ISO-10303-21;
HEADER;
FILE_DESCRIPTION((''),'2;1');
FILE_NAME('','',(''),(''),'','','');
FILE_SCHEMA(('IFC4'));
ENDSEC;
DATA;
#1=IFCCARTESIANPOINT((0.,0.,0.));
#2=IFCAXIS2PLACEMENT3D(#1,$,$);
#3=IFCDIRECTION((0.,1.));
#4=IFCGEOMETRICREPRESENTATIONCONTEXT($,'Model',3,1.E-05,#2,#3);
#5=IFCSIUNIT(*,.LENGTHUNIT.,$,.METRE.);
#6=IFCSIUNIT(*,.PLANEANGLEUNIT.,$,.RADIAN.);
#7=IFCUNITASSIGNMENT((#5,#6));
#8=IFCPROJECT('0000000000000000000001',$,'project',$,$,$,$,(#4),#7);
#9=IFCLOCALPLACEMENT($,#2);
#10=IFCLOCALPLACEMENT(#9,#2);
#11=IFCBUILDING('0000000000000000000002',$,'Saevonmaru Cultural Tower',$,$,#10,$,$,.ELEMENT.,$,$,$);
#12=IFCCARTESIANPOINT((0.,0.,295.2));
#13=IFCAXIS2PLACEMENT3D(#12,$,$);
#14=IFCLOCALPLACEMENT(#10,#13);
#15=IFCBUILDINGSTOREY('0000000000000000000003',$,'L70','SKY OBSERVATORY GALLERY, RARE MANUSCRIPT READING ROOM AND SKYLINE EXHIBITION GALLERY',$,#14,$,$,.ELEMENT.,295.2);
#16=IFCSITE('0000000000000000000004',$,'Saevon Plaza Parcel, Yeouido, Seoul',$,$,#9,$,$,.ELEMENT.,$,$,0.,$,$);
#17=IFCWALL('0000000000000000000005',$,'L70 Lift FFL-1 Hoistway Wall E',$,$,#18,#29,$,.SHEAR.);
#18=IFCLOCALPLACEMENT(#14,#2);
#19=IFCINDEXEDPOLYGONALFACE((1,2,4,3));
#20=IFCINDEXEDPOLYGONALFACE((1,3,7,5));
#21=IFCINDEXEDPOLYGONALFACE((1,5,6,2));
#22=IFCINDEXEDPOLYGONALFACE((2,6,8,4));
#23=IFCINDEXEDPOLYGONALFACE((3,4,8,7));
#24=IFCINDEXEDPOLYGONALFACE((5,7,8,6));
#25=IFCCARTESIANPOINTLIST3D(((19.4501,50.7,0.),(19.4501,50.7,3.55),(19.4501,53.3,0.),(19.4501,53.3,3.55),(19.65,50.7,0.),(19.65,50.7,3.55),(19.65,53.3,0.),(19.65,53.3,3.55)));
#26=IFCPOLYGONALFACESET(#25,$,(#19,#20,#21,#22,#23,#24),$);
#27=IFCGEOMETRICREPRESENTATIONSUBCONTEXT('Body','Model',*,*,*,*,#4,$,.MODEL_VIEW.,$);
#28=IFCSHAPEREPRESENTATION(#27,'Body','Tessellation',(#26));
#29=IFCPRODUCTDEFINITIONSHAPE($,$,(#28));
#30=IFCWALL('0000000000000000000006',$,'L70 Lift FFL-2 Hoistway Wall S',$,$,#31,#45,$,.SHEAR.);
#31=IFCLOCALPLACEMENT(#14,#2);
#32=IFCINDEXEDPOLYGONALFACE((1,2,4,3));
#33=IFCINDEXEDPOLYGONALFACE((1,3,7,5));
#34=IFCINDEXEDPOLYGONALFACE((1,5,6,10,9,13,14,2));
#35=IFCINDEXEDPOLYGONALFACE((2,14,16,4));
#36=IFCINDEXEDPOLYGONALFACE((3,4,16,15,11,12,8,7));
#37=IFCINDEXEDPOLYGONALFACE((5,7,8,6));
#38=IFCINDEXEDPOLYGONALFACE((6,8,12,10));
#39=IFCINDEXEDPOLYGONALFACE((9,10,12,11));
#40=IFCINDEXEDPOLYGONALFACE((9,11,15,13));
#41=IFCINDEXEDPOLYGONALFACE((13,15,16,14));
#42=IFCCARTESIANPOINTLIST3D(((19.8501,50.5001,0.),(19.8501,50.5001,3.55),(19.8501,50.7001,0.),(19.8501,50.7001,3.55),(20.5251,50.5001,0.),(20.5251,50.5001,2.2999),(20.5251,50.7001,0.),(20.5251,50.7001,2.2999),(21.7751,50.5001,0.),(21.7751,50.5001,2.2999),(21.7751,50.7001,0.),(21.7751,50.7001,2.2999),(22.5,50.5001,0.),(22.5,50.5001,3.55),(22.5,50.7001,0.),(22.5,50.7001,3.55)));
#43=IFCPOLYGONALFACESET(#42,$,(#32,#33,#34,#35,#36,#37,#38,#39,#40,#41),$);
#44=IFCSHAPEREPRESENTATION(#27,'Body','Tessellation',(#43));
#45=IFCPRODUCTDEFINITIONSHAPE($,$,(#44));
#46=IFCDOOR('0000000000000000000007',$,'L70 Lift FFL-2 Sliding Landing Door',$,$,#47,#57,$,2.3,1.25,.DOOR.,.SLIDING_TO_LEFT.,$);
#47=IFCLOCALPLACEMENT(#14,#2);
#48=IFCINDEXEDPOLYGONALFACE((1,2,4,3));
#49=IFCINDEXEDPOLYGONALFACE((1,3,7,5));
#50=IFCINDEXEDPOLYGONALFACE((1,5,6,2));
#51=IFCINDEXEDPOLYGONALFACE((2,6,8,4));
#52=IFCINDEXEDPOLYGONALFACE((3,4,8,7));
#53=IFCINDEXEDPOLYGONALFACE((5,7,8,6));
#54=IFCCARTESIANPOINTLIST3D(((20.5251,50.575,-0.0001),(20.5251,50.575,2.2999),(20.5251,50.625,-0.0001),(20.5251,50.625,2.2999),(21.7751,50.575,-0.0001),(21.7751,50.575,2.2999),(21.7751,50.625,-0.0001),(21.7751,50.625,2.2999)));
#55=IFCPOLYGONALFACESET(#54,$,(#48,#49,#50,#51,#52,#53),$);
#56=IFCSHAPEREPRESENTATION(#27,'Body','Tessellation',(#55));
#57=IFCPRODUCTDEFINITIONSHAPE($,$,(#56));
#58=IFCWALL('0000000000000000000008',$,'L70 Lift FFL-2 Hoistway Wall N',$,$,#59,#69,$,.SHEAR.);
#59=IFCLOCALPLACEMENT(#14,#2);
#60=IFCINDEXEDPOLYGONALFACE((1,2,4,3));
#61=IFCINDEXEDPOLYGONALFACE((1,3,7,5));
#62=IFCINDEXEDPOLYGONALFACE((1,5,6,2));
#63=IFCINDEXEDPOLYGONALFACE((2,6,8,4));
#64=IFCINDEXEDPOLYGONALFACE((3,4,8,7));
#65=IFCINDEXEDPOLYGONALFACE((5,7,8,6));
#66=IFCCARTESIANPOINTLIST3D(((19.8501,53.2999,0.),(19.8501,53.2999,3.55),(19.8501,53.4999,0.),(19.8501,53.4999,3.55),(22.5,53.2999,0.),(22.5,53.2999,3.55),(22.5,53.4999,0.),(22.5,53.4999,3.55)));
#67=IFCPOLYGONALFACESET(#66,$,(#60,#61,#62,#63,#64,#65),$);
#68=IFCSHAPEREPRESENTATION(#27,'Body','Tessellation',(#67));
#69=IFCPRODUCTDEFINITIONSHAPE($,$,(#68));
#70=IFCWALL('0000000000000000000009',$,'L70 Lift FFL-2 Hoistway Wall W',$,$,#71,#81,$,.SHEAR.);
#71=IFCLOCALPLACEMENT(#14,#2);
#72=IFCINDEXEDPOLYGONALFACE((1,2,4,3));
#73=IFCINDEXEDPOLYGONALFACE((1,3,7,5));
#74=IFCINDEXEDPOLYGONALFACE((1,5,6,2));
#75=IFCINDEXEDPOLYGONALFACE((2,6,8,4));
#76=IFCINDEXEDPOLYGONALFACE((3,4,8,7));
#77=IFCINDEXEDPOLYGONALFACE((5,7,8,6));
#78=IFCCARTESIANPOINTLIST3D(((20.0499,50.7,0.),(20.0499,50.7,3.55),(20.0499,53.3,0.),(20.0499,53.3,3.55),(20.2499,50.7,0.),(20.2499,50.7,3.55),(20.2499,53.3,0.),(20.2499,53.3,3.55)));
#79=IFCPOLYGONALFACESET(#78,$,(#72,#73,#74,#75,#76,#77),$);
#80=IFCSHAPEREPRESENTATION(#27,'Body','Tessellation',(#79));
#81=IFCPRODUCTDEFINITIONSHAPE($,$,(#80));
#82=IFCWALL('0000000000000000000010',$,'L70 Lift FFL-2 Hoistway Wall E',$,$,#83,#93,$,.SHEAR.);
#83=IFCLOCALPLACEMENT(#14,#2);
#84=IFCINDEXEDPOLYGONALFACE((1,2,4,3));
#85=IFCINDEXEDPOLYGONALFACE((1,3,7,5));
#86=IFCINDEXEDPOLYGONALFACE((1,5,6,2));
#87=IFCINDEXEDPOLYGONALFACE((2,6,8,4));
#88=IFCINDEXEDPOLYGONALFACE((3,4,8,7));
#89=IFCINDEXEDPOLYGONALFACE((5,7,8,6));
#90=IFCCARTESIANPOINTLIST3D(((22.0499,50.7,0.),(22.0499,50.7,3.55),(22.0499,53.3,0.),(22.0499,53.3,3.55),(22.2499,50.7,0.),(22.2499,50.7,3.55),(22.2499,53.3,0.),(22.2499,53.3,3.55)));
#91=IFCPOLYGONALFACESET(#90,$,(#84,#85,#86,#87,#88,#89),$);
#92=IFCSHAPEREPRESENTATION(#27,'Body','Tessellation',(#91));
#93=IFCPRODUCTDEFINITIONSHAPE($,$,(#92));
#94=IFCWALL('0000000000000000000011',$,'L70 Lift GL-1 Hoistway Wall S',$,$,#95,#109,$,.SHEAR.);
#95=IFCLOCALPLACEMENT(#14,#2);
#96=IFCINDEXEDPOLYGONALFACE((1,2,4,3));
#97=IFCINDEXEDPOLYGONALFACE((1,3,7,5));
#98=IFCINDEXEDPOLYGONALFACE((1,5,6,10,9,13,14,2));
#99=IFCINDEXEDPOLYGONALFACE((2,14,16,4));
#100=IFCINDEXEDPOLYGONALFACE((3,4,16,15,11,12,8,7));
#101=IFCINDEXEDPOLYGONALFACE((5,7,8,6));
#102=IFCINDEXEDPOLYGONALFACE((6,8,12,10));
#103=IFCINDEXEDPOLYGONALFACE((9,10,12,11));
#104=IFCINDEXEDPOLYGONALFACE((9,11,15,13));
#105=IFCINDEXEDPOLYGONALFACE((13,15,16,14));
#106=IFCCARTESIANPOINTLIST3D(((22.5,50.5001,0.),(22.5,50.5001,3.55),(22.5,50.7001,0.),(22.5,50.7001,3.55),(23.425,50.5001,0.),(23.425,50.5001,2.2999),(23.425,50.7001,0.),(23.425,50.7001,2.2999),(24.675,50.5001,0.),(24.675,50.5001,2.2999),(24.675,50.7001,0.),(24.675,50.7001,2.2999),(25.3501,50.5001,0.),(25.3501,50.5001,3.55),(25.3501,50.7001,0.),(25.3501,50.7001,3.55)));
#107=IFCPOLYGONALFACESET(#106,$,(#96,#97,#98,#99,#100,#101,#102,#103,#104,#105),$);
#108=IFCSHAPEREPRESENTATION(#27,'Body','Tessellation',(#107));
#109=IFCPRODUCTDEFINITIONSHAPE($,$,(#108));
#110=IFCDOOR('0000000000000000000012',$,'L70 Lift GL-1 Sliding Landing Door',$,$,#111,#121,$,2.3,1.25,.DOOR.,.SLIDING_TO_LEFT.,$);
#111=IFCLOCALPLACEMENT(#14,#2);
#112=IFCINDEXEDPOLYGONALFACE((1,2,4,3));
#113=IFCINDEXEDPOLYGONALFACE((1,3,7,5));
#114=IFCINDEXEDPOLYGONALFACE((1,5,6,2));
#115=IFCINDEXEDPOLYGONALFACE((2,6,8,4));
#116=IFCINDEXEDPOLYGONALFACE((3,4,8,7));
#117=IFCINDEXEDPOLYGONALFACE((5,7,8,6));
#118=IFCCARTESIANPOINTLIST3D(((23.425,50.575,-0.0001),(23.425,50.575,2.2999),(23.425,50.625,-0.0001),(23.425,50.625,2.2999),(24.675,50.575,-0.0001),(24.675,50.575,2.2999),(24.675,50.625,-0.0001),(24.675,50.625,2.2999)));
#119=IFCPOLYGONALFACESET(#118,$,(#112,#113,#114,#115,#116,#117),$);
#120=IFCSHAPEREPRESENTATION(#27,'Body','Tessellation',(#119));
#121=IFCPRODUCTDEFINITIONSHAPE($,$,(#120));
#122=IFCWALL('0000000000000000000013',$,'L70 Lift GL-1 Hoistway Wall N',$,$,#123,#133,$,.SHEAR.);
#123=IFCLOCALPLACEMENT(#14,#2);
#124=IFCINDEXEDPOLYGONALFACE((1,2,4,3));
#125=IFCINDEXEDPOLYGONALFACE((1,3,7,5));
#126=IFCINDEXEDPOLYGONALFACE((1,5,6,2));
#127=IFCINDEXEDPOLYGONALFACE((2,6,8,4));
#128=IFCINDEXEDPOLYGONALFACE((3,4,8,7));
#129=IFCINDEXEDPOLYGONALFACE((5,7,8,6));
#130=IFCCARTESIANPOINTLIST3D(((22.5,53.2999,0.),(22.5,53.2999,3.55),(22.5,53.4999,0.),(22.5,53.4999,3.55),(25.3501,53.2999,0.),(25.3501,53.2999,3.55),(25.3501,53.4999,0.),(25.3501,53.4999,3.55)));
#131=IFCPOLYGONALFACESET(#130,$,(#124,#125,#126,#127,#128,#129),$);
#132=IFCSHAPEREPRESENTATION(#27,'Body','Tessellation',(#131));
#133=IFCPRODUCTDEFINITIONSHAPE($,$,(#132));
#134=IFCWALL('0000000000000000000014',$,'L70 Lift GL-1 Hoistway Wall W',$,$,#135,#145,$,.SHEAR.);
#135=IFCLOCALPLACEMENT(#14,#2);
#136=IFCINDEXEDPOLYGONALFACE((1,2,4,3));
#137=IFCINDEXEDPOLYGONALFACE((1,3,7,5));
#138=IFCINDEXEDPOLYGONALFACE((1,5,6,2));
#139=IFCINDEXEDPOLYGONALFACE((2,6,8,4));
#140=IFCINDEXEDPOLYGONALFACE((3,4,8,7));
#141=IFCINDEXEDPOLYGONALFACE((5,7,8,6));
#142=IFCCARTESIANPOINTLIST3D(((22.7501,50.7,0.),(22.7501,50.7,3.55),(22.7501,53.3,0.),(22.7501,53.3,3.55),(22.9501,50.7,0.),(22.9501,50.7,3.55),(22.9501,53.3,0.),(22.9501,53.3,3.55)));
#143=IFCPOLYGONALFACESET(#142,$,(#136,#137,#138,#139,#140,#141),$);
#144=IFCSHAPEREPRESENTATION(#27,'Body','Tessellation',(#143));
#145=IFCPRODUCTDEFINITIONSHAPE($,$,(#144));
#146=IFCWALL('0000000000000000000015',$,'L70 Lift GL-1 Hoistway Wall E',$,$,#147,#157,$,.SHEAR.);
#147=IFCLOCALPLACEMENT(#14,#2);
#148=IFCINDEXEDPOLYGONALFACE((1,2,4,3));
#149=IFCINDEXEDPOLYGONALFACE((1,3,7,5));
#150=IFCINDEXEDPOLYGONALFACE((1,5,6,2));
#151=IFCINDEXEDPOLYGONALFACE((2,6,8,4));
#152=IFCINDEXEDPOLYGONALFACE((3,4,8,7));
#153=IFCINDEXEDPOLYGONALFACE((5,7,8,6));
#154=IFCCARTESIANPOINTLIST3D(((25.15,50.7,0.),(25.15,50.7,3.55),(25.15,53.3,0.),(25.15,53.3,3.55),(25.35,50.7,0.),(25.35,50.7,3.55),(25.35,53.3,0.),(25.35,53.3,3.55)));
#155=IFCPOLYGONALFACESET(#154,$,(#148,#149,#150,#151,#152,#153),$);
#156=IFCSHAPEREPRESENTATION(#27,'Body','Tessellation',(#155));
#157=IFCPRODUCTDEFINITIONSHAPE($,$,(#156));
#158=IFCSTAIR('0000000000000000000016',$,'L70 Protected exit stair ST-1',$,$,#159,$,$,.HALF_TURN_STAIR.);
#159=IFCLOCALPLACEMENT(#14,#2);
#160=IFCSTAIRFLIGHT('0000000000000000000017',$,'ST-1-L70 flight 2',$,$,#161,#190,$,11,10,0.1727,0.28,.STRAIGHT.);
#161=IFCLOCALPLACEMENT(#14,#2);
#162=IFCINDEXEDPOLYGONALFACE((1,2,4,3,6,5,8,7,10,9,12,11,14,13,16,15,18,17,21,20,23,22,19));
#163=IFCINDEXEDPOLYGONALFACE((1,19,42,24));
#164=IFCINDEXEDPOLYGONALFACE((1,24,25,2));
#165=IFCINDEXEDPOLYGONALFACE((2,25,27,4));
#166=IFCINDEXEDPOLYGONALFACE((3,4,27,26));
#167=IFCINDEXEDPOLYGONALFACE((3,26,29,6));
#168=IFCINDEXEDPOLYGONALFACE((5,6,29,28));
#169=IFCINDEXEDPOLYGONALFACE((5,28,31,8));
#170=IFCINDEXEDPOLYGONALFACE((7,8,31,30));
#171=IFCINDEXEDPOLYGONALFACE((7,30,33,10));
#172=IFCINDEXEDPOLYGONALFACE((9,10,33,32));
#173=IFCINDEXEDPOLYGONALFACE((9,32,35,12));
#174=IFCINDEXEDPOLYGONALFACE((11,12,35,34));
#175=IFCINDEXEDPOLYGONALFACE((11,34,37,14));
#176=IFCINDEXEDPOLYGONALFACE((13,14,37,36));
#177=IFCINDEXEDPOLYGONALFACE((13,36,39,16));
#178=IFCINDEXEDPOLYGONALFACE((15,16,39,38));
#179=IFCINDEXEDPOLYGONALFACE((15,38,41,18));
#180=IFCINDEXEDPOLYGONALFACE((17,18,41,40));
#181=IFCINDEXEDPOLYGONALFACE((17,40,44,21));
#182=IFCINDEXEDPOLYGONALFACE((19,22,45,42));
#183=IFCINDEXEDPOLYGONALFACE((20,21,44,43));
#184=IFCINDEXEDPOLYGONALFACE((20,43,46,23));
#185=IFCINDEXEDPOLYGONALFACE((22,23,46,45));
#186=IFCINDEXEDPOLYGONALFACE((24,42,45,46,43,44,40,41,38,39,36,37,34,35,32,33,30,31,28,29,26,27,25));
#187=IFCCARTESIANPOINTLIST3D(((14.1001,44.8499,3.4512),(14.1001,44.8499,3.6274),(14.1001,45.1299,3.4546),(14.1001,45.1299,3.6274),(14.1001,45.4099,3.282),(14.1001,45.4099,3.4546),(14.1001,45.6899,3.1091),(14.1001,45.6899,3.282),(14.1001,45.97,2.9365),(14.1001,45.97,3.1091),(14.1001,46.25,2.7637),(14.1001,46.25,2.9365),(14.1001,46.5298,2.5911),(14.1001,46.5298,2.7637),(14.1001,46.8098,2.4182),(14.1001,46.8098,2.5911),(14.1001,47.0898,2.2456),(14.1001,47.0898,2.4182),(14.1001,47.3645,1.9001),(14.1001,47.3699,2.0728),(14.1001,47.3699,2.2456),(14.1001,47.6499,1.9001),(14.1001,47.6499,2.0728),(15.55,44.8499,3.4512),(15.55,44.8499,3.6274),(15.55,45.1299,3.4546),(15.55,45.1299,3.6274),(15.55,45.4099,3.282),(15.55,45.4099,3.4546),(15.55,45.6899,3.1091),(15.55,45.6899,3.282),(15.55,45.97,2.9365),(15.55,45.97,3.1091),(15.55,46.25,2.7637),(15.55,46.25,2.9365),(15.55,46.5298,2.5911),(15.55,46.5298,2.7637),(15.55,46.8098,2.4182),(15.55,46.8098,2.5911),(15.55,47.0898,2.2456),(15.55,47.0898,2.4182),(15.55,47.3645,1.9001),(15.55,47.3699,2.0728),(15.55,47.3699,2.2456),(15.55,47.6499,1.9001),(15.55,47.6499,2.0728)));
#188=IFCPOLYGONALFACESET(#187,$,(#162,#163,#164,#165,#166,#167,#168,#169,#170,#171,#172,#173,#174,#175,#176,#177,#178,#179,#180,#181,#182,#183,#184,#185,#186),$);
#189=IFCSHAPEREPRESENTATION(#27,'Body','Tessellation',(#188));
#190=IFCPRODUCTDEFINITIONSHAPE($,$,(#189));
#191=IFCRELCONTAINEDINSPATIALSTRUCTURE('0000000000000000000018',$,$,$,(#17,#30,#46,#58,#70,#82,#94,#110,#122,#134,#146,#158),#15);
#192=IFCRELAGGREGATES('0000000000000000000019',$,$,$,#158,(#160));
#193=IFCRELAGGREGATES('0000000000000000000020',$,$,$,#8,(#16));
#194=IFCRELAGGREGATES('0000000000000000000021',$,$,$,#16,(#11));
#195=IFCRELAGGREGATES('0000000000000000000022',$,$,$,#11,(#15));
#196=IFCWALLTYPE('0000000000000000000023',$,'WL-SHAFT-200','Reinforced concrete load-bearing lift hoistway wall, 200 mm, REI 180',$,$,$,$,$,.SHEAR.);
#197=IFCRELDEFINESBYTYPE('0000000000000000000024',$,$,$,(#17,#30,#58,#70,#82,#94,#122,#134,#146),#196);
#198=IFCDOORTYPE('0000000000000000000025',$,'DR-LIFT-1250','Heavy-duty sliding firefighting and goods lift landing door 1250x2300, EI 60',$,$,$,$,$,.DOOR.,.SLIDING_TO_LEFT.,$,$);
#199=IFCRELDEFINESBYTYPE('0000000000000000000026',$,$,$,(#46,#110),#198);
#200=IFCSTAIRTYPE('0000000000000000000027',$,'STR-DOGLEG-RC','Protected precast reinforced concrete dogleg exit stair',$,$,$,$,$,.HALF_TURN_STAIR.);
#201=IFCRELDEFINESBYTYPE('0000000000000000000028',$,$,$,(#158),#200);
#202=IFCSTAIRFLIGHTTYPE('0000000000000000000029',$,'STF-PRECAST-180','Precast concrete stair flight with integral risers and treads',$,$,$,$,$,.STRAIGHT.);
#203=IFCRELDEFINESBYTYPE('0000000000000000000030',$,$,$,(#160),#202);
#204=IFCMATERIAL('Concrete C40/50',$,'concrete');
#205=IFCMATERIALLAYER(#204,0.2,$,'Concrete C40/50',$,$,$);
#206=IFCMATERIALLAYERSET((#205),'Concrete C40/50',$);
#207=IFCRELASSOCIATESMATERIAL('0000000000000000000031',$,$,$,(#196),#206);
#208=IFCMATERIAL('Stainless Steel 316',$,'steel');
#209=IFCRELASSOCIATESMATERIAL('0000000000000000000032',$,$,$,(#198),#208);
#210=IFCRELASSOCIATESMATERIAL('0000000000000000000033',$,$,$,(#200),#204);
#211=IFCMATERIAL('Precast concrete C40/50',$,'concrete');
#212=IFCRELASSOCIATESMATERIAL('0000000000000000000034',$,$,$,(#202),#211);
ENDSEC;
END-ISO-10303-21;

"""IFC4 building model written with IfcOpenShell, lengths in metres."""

from ifc_helpers import new_model, si_unit, direction, frame, frame_2d, origin, place, context, subcontext, project, spatial, polyline, rectangle, outline, extrude, material, layer, layer_set, type_object, element, fill, aggregate, save


model = new_model("IFC4")

# Units and contexts
model_context = context("Model", 3, precision=1e-05, world=origin(), true_north=direction((0.0, 1.0)))
body_context = subcontext(model_context, "Body", "Model", "MODEL_VIEW")
ifc_project = project(units=[si_unit("LENGTHUNIT", "METRE"), si_unit("PLANEANGLEUNIT", "RADIAN")], contexts=[model_context])

# Site, building, storey
site_placement = place(None, origin())
site = spatial("IfcSite", under=ifc_project, at=site_placement, Name="Saevon Plaza Parcel, Yeouido, Seoul", CompositionType="ELEMENT", RefElevation=0.0)
building_placement = place(site_placement, origin())
building = spatial("IfcBuilding", under=site, at=building_placement, Name="Saevonmaru Cultural Tower", CompositionType="ELEMENT")
storey_placement = place(building_placement, frame((0.0, 0.0, 295.2)))
storey = spatial("IfcBuildingStorey", under=building, at=storey_placement, Name="L70", Description="SKY OBSERVATORY GALLERY, RARE MANUSCRIPT READING ROOM AND SKYLINE EXHIBITION GALLERY", CompositionType="ELEMENT", Elevation=295.2)

# Shared definitions
ifc_material_1 = material(Name="Concrete C40/50", Category="concrete")
ifc_layer_1 = layer(ifc_material_1, 0.2, Name="Concrete C40/50")
ifc_layer_set_1 = layer_set([ifc_layer_1], Name="Concrete C40/50")
wall_type_1 = type_object("IfcWallType", Name="WL-SHAFT-200", Description="Reinforced concrete load-bearing lift hoistway wall, 200 mm, REI 180", PredefinedType="SHEAR", material=ifc_layer_set_1)
ifc_material_2 = material(Name="Stainless Steel 316", Category="steel")
door_type_1 = type_object("IfcDoorType", Name="DR-LIFT-1250", Description="Heavy-duty sliding firefighting and goods lift landing door 1250x2300, EI 60", OperationType="SLIDING_TO_LEFT", PredefinedType="DOOR", material=ifc_material_2)

# Wall
for number, where, z_axis, x_axis, name in (
    (1, (19.55, 50.7, 0.0), (0.0, 0.0, 1.0), (0.0, 1.0, 0.0), "L70 Lift FFL-1 Hoistway Wall E"),
):
    element("IfcWall", number, at=place(storey_placement, frame(where, z_axis=z_axis, x_axis=x_axis)), inside=storey, type_object=wall_type_1, Name=name, PredefinedType="SHEAR", context=body_context, shape_type="SweptSolid", body=[
        extrude(rectangle(XDim=2.6001, YDim=0.2, at=frame_2d((1.3, 0.0))), origin(), (0.0, 0.0, 1.0), 3.55),
    ])

# Wall, opening, door
wall_1_placement = place(storey_placement, frame((19.8501, 50.6001, 0.0), z_axis=(0.0, 0.0, 1.0), x_axis=(1.0, 0.0, 0.0)))
wall_1 = element("IfcWall", 2, at=wall_1_placement, inside=storey, type_object=wall_type_1, Name="L70 Lift FFL-2 Hoistway Wall S", PredefinedType="SHEAR", context=body_context, shape_type="SweptSolid", body=[
    extrude(rectangle(XDim=2.6499, YDim=0.2, at=frame_2d((1.325, 0.0))), origin(), (0.0, 0.0, 1.0), 3.55),
])
opening_1_placement = place(wall_1_placement, frame((0.675, 0.0, 0.0)))
opening_1 = element("IfcOpeningElement", 3, at=opening_1_placement, cuts=wall_1, PredefinedType="OPENING", context=body_context, shape_type="SweptSolid", body=[
    extrude(rectangle(XDim=1.25, YDim=2.3, at=frame_2d((0.625, 1.1499))), frame((0.0, 0.1099, 0.0), z_axis=(0.0, -1.0, 0.0), x_axis=(1.0, 0.0, 0.0)), (0.0, 0.0, 1.0), 0.22),
])
door_1_placement = place(opening_1_placement, origin())
door_1 = element("IfcDoor", 4, at=door_1_placement, inside=storey, type_object=door_type_1, Name="L70 Lift FFL-2 Sliding Landing Door", OperationType="SLIDING_TO_LEFT", OverallHeight=2.3, OverallWidth=1.25, PredefinedType="DOOR", context=body_context, shape_type="SweptSolid", body=[
    extrude(rectangle(XDim=1.25, YDim=2.3, at=frame_2d((0.625, 1.1499))), frame((0.0, 0.0249, 0.0), z_axis=(0.0, -1.0, 0.0), x_axis=(1.0, 0.0, 0.0)), (0.0, 0.0, 1.0), 0.05),
])
fill(opening_1, door_1)

# Walls
wall_2_placement = place(storey_placement, frame((19.8501, 53.3999, 0.0), z_axis=(0.0, 0.0, 1.0), x_axis=(1.0, 0.0, 0.0)))
element("IfcWall", 5, at=wall_2_placement, inside=storey, type_object=wall_type_1, Name="L70 Lift FFL-2 Hoistway Wall N", PredefinedType="SHEAR", context=body_context, shape_type="SweptSolid", body=[
    extrude(rectangle(XDim=2.6499, YDim=0.2, at=frame_2d((1.325, 0.0))), origin(), (0.0, 0.0, 1.0), 3.55),
])
for number, where, z_axis, x_axis, name in (
    (6, (20.1499, 50.7, 0.0), (0.0, 0.0, 1.0), (0.0, 1.0, 0.0), "L70 Lift FFL-2 Hoistway Wall W"),
    (7, (22.1499, 50.7, 0.0), (0.0, 0.0, 1.0), (0.0, 1.0, 0.0), "L70 Lift FFL-2 Hoistway Wall E"),
):
    element("IfcWall", number, at=place(storey_placement, frame(where, z_axis=z_axis, x_axis=x_axis)), inside=storey, type_object=wall_type_1, Name=name, PredefinedType="SHEAR", context=body_context, shape_type="SweptSolid", body=[
        extrude(rectangle(XDim=2.6001, YDim=0.2, at=frame_2d((1.3, 0.0))), origin(), (0.0, 0.0, 1.0), 3.55),
    ])

# Wall, opening, door
wall_3_placement = place(storey_placement, frame((22.5, 50.6001, 0.0), z_axis=(0.0, 0.0, 1.0), x_axis=(1.0, 0.0, 0.0)))
wall_3 = element("IfcWall", 8, at=wall_3_placement, inside=storey, type_object=wall_type_1, Name="L70 Lift GL-1 Hoistway Wall S", PredefinedType="SHEAR", context=body_context, shape_type="SweptSolid", body=[
    extrude(rectangle(XDim=2.8501, YDim=0.2, at=frame_2d((1.425, 0.0))), origin(), (0.0, 0.0, 1.0), 3.55),
])
opening_2_placement = place(wall_3_placement, frame((0.925, 0.0, 0.0)))
opening_2 = element("IfcOpeningElement", 9, at=opening_2_placement, cuts=wall_3, PredefinedType="OPENING", context=body_context, shape_type="SweptSolid", body=[
    extrude(rectangle(XDim=1.25, YDim=2.3, at=frame_2d((0.625, 1.1499))), frame((0.0, 0.1099, 0.0), z_axis=(0.0, -1.0, 0.0), x_axis=(1.0, 0.0, 0.0)), (0.0, 0.0, 1.0), 0.22),
])
door_2_placement = place(opening_2_placement, origin())
door_2 = element("IfcDoor", 10, at=door_2_placement, inside=storey, type_object=door_type_1, Name="L70 Lift GL-1 Sliding Landing Door", OperationType="SLIDING_TO_LEFT", OverallHeight=2.3, OverallWidth=1.25, PredefinedType="DOOR", context=body_context, shape_type="SweptSolid", body=[
    extrude(rectangle(XDim=1.25, YDim=2.3, at=frame_2d((0.625, 1.1499))), frame((0.0, 0.0249, 0.0), z_axis=(0.0, -1.0, 0.0), x_axis=(1.0, 0.0, 0.0)), (0.0, 0.0, 1.0), 0.05),
])
fill(opening_2, door_2)

# Walls
wall_4_placement = place(storey_placement, frame((22.5, 53.3999, 0.0), z_axis=(0.0, 0.0, 1.0), x_axis=(1.0, 0.0, 0.0)))
element("IfcWall", 11, at=wall_4_placement, inside=storey, type_object=wall_type_1, Name="L70 Lift GL-1 Hoistway Wall N", PredefinedType="SHEAR", context=body_context, shape_type="SweptSolid", body=[
    extrude(rectangle(XDim=2.8501, YDim=0.2, at=frame_2d((1.425, 0.0))), origin(), (0.0, 0.0, 1.0), 3.55),
])
for number, where, z_axis, x_axis, name in (
    (12, (22.8501, 50.7, 0.0), (0.0, 0.0, 1.0), (0.0, 1.0, 0.0), "L70 Lift GL-1 Hoistway Wall W"),
    (13, (25.25, 50.7, 0.0), (0.0, 0.0, 1.0), (0.0, 1.0, 0.0), "L70 Lift GL-1 Hoistway Wall E"),
):
    element("IfcWall", number, at=place(storey_placement, frame(where, z_axis=z_axis, x_axis=x_axis)), inside=storey, type_object=wall_type_1, Name=name, PredefinedType="SHEAR", context=body_context, shape_type="SweptSolid", body=[
        extrude(rectangle(XDim=2.6001, YDim=0.2, at=frame_2d((1.3, 0.0))), origin(), (0.0, 0.0, 1.0), 3.55),
    ])

# Stair, stair flight
stair_type = type_object("IfcStairType", Name="STR-DOGLEG-RC", Description="Protected precast reinforced concrete dogleg exit stair", PredefinedType="HALF_TURN_STAIR", material=ifc_material_1)
stair_placement = place(storey_placement, origin())
stair = element("IfcStair", 14, at=stair_placement, inside=storey, type_object=stair_type, Name="L70 Protected exit stair ST-1", PredefinedType="HALF_TURN_STAIR")
ifc_material_3 = material(Name="Precast concrete C40/50", Category="concrete")
stair_flight_type = type_object("IfcStairFlightType", Name="STF-PRECAST-180", Description="Precast concrete stair flight with integral risers and treads", PredefinedType="STRAIGHT", material=ifc_material_3)
stair_flight_placement = place(storey_placement, frame((14.825, 47.6499, 1.9001), z_axis=(0.0, 0.0, 1.0), x_axis=(0.0, -1.0, 0.0)))
stair_flight = element("IfcStairFlight", 15, at=stair_flight_placement, type_object=stair_flight_type, Name="ST-1-L70 flight 2", NumberOfRisers=11, NumberOfTreads=10, PredefinedType="STRAIGHT", RiserHeight=0.1727, TreadLength=0.28, context=body_context, shape_type="SweptSolid", body=[
    extrude(outline(polyline([(0.0, 0.0), (0.0, 0.1726), (0.28, 0.1726), (0.28, 0.3455), (0.5601, 0.3455), (0.5601, 0.5181), (0.8401, 0.5181), (0.8401, 0.6909), (1.1201, 0.6909), (1.1201, 0.8635), (1.3999, 0.8635), (1.3999, 1.0364), (1.6799, 1.0364), (1.6799, 1.209), (1.96, 1.209), (1.96, 1.3818), (2.24, 1.3818), (2.24, 1.5544), (2.52, 1.5544), (2.52, 1.7273), (2.8, 1.7273), (2.8, 1.8999), (2.8, 1.551), (0.2854, 0.0), (0.0, 0.0)])), frame((0.0, 0.7251, 0.0), z_axis=(0.0, -1.0, 0.0), x_axis=(1.0, 0.0, 0.0)), (0.0, 0.0, 1.0), 1.45),
])
aggregate(stair, [stair_flight])

save(model, "model.ifc")
